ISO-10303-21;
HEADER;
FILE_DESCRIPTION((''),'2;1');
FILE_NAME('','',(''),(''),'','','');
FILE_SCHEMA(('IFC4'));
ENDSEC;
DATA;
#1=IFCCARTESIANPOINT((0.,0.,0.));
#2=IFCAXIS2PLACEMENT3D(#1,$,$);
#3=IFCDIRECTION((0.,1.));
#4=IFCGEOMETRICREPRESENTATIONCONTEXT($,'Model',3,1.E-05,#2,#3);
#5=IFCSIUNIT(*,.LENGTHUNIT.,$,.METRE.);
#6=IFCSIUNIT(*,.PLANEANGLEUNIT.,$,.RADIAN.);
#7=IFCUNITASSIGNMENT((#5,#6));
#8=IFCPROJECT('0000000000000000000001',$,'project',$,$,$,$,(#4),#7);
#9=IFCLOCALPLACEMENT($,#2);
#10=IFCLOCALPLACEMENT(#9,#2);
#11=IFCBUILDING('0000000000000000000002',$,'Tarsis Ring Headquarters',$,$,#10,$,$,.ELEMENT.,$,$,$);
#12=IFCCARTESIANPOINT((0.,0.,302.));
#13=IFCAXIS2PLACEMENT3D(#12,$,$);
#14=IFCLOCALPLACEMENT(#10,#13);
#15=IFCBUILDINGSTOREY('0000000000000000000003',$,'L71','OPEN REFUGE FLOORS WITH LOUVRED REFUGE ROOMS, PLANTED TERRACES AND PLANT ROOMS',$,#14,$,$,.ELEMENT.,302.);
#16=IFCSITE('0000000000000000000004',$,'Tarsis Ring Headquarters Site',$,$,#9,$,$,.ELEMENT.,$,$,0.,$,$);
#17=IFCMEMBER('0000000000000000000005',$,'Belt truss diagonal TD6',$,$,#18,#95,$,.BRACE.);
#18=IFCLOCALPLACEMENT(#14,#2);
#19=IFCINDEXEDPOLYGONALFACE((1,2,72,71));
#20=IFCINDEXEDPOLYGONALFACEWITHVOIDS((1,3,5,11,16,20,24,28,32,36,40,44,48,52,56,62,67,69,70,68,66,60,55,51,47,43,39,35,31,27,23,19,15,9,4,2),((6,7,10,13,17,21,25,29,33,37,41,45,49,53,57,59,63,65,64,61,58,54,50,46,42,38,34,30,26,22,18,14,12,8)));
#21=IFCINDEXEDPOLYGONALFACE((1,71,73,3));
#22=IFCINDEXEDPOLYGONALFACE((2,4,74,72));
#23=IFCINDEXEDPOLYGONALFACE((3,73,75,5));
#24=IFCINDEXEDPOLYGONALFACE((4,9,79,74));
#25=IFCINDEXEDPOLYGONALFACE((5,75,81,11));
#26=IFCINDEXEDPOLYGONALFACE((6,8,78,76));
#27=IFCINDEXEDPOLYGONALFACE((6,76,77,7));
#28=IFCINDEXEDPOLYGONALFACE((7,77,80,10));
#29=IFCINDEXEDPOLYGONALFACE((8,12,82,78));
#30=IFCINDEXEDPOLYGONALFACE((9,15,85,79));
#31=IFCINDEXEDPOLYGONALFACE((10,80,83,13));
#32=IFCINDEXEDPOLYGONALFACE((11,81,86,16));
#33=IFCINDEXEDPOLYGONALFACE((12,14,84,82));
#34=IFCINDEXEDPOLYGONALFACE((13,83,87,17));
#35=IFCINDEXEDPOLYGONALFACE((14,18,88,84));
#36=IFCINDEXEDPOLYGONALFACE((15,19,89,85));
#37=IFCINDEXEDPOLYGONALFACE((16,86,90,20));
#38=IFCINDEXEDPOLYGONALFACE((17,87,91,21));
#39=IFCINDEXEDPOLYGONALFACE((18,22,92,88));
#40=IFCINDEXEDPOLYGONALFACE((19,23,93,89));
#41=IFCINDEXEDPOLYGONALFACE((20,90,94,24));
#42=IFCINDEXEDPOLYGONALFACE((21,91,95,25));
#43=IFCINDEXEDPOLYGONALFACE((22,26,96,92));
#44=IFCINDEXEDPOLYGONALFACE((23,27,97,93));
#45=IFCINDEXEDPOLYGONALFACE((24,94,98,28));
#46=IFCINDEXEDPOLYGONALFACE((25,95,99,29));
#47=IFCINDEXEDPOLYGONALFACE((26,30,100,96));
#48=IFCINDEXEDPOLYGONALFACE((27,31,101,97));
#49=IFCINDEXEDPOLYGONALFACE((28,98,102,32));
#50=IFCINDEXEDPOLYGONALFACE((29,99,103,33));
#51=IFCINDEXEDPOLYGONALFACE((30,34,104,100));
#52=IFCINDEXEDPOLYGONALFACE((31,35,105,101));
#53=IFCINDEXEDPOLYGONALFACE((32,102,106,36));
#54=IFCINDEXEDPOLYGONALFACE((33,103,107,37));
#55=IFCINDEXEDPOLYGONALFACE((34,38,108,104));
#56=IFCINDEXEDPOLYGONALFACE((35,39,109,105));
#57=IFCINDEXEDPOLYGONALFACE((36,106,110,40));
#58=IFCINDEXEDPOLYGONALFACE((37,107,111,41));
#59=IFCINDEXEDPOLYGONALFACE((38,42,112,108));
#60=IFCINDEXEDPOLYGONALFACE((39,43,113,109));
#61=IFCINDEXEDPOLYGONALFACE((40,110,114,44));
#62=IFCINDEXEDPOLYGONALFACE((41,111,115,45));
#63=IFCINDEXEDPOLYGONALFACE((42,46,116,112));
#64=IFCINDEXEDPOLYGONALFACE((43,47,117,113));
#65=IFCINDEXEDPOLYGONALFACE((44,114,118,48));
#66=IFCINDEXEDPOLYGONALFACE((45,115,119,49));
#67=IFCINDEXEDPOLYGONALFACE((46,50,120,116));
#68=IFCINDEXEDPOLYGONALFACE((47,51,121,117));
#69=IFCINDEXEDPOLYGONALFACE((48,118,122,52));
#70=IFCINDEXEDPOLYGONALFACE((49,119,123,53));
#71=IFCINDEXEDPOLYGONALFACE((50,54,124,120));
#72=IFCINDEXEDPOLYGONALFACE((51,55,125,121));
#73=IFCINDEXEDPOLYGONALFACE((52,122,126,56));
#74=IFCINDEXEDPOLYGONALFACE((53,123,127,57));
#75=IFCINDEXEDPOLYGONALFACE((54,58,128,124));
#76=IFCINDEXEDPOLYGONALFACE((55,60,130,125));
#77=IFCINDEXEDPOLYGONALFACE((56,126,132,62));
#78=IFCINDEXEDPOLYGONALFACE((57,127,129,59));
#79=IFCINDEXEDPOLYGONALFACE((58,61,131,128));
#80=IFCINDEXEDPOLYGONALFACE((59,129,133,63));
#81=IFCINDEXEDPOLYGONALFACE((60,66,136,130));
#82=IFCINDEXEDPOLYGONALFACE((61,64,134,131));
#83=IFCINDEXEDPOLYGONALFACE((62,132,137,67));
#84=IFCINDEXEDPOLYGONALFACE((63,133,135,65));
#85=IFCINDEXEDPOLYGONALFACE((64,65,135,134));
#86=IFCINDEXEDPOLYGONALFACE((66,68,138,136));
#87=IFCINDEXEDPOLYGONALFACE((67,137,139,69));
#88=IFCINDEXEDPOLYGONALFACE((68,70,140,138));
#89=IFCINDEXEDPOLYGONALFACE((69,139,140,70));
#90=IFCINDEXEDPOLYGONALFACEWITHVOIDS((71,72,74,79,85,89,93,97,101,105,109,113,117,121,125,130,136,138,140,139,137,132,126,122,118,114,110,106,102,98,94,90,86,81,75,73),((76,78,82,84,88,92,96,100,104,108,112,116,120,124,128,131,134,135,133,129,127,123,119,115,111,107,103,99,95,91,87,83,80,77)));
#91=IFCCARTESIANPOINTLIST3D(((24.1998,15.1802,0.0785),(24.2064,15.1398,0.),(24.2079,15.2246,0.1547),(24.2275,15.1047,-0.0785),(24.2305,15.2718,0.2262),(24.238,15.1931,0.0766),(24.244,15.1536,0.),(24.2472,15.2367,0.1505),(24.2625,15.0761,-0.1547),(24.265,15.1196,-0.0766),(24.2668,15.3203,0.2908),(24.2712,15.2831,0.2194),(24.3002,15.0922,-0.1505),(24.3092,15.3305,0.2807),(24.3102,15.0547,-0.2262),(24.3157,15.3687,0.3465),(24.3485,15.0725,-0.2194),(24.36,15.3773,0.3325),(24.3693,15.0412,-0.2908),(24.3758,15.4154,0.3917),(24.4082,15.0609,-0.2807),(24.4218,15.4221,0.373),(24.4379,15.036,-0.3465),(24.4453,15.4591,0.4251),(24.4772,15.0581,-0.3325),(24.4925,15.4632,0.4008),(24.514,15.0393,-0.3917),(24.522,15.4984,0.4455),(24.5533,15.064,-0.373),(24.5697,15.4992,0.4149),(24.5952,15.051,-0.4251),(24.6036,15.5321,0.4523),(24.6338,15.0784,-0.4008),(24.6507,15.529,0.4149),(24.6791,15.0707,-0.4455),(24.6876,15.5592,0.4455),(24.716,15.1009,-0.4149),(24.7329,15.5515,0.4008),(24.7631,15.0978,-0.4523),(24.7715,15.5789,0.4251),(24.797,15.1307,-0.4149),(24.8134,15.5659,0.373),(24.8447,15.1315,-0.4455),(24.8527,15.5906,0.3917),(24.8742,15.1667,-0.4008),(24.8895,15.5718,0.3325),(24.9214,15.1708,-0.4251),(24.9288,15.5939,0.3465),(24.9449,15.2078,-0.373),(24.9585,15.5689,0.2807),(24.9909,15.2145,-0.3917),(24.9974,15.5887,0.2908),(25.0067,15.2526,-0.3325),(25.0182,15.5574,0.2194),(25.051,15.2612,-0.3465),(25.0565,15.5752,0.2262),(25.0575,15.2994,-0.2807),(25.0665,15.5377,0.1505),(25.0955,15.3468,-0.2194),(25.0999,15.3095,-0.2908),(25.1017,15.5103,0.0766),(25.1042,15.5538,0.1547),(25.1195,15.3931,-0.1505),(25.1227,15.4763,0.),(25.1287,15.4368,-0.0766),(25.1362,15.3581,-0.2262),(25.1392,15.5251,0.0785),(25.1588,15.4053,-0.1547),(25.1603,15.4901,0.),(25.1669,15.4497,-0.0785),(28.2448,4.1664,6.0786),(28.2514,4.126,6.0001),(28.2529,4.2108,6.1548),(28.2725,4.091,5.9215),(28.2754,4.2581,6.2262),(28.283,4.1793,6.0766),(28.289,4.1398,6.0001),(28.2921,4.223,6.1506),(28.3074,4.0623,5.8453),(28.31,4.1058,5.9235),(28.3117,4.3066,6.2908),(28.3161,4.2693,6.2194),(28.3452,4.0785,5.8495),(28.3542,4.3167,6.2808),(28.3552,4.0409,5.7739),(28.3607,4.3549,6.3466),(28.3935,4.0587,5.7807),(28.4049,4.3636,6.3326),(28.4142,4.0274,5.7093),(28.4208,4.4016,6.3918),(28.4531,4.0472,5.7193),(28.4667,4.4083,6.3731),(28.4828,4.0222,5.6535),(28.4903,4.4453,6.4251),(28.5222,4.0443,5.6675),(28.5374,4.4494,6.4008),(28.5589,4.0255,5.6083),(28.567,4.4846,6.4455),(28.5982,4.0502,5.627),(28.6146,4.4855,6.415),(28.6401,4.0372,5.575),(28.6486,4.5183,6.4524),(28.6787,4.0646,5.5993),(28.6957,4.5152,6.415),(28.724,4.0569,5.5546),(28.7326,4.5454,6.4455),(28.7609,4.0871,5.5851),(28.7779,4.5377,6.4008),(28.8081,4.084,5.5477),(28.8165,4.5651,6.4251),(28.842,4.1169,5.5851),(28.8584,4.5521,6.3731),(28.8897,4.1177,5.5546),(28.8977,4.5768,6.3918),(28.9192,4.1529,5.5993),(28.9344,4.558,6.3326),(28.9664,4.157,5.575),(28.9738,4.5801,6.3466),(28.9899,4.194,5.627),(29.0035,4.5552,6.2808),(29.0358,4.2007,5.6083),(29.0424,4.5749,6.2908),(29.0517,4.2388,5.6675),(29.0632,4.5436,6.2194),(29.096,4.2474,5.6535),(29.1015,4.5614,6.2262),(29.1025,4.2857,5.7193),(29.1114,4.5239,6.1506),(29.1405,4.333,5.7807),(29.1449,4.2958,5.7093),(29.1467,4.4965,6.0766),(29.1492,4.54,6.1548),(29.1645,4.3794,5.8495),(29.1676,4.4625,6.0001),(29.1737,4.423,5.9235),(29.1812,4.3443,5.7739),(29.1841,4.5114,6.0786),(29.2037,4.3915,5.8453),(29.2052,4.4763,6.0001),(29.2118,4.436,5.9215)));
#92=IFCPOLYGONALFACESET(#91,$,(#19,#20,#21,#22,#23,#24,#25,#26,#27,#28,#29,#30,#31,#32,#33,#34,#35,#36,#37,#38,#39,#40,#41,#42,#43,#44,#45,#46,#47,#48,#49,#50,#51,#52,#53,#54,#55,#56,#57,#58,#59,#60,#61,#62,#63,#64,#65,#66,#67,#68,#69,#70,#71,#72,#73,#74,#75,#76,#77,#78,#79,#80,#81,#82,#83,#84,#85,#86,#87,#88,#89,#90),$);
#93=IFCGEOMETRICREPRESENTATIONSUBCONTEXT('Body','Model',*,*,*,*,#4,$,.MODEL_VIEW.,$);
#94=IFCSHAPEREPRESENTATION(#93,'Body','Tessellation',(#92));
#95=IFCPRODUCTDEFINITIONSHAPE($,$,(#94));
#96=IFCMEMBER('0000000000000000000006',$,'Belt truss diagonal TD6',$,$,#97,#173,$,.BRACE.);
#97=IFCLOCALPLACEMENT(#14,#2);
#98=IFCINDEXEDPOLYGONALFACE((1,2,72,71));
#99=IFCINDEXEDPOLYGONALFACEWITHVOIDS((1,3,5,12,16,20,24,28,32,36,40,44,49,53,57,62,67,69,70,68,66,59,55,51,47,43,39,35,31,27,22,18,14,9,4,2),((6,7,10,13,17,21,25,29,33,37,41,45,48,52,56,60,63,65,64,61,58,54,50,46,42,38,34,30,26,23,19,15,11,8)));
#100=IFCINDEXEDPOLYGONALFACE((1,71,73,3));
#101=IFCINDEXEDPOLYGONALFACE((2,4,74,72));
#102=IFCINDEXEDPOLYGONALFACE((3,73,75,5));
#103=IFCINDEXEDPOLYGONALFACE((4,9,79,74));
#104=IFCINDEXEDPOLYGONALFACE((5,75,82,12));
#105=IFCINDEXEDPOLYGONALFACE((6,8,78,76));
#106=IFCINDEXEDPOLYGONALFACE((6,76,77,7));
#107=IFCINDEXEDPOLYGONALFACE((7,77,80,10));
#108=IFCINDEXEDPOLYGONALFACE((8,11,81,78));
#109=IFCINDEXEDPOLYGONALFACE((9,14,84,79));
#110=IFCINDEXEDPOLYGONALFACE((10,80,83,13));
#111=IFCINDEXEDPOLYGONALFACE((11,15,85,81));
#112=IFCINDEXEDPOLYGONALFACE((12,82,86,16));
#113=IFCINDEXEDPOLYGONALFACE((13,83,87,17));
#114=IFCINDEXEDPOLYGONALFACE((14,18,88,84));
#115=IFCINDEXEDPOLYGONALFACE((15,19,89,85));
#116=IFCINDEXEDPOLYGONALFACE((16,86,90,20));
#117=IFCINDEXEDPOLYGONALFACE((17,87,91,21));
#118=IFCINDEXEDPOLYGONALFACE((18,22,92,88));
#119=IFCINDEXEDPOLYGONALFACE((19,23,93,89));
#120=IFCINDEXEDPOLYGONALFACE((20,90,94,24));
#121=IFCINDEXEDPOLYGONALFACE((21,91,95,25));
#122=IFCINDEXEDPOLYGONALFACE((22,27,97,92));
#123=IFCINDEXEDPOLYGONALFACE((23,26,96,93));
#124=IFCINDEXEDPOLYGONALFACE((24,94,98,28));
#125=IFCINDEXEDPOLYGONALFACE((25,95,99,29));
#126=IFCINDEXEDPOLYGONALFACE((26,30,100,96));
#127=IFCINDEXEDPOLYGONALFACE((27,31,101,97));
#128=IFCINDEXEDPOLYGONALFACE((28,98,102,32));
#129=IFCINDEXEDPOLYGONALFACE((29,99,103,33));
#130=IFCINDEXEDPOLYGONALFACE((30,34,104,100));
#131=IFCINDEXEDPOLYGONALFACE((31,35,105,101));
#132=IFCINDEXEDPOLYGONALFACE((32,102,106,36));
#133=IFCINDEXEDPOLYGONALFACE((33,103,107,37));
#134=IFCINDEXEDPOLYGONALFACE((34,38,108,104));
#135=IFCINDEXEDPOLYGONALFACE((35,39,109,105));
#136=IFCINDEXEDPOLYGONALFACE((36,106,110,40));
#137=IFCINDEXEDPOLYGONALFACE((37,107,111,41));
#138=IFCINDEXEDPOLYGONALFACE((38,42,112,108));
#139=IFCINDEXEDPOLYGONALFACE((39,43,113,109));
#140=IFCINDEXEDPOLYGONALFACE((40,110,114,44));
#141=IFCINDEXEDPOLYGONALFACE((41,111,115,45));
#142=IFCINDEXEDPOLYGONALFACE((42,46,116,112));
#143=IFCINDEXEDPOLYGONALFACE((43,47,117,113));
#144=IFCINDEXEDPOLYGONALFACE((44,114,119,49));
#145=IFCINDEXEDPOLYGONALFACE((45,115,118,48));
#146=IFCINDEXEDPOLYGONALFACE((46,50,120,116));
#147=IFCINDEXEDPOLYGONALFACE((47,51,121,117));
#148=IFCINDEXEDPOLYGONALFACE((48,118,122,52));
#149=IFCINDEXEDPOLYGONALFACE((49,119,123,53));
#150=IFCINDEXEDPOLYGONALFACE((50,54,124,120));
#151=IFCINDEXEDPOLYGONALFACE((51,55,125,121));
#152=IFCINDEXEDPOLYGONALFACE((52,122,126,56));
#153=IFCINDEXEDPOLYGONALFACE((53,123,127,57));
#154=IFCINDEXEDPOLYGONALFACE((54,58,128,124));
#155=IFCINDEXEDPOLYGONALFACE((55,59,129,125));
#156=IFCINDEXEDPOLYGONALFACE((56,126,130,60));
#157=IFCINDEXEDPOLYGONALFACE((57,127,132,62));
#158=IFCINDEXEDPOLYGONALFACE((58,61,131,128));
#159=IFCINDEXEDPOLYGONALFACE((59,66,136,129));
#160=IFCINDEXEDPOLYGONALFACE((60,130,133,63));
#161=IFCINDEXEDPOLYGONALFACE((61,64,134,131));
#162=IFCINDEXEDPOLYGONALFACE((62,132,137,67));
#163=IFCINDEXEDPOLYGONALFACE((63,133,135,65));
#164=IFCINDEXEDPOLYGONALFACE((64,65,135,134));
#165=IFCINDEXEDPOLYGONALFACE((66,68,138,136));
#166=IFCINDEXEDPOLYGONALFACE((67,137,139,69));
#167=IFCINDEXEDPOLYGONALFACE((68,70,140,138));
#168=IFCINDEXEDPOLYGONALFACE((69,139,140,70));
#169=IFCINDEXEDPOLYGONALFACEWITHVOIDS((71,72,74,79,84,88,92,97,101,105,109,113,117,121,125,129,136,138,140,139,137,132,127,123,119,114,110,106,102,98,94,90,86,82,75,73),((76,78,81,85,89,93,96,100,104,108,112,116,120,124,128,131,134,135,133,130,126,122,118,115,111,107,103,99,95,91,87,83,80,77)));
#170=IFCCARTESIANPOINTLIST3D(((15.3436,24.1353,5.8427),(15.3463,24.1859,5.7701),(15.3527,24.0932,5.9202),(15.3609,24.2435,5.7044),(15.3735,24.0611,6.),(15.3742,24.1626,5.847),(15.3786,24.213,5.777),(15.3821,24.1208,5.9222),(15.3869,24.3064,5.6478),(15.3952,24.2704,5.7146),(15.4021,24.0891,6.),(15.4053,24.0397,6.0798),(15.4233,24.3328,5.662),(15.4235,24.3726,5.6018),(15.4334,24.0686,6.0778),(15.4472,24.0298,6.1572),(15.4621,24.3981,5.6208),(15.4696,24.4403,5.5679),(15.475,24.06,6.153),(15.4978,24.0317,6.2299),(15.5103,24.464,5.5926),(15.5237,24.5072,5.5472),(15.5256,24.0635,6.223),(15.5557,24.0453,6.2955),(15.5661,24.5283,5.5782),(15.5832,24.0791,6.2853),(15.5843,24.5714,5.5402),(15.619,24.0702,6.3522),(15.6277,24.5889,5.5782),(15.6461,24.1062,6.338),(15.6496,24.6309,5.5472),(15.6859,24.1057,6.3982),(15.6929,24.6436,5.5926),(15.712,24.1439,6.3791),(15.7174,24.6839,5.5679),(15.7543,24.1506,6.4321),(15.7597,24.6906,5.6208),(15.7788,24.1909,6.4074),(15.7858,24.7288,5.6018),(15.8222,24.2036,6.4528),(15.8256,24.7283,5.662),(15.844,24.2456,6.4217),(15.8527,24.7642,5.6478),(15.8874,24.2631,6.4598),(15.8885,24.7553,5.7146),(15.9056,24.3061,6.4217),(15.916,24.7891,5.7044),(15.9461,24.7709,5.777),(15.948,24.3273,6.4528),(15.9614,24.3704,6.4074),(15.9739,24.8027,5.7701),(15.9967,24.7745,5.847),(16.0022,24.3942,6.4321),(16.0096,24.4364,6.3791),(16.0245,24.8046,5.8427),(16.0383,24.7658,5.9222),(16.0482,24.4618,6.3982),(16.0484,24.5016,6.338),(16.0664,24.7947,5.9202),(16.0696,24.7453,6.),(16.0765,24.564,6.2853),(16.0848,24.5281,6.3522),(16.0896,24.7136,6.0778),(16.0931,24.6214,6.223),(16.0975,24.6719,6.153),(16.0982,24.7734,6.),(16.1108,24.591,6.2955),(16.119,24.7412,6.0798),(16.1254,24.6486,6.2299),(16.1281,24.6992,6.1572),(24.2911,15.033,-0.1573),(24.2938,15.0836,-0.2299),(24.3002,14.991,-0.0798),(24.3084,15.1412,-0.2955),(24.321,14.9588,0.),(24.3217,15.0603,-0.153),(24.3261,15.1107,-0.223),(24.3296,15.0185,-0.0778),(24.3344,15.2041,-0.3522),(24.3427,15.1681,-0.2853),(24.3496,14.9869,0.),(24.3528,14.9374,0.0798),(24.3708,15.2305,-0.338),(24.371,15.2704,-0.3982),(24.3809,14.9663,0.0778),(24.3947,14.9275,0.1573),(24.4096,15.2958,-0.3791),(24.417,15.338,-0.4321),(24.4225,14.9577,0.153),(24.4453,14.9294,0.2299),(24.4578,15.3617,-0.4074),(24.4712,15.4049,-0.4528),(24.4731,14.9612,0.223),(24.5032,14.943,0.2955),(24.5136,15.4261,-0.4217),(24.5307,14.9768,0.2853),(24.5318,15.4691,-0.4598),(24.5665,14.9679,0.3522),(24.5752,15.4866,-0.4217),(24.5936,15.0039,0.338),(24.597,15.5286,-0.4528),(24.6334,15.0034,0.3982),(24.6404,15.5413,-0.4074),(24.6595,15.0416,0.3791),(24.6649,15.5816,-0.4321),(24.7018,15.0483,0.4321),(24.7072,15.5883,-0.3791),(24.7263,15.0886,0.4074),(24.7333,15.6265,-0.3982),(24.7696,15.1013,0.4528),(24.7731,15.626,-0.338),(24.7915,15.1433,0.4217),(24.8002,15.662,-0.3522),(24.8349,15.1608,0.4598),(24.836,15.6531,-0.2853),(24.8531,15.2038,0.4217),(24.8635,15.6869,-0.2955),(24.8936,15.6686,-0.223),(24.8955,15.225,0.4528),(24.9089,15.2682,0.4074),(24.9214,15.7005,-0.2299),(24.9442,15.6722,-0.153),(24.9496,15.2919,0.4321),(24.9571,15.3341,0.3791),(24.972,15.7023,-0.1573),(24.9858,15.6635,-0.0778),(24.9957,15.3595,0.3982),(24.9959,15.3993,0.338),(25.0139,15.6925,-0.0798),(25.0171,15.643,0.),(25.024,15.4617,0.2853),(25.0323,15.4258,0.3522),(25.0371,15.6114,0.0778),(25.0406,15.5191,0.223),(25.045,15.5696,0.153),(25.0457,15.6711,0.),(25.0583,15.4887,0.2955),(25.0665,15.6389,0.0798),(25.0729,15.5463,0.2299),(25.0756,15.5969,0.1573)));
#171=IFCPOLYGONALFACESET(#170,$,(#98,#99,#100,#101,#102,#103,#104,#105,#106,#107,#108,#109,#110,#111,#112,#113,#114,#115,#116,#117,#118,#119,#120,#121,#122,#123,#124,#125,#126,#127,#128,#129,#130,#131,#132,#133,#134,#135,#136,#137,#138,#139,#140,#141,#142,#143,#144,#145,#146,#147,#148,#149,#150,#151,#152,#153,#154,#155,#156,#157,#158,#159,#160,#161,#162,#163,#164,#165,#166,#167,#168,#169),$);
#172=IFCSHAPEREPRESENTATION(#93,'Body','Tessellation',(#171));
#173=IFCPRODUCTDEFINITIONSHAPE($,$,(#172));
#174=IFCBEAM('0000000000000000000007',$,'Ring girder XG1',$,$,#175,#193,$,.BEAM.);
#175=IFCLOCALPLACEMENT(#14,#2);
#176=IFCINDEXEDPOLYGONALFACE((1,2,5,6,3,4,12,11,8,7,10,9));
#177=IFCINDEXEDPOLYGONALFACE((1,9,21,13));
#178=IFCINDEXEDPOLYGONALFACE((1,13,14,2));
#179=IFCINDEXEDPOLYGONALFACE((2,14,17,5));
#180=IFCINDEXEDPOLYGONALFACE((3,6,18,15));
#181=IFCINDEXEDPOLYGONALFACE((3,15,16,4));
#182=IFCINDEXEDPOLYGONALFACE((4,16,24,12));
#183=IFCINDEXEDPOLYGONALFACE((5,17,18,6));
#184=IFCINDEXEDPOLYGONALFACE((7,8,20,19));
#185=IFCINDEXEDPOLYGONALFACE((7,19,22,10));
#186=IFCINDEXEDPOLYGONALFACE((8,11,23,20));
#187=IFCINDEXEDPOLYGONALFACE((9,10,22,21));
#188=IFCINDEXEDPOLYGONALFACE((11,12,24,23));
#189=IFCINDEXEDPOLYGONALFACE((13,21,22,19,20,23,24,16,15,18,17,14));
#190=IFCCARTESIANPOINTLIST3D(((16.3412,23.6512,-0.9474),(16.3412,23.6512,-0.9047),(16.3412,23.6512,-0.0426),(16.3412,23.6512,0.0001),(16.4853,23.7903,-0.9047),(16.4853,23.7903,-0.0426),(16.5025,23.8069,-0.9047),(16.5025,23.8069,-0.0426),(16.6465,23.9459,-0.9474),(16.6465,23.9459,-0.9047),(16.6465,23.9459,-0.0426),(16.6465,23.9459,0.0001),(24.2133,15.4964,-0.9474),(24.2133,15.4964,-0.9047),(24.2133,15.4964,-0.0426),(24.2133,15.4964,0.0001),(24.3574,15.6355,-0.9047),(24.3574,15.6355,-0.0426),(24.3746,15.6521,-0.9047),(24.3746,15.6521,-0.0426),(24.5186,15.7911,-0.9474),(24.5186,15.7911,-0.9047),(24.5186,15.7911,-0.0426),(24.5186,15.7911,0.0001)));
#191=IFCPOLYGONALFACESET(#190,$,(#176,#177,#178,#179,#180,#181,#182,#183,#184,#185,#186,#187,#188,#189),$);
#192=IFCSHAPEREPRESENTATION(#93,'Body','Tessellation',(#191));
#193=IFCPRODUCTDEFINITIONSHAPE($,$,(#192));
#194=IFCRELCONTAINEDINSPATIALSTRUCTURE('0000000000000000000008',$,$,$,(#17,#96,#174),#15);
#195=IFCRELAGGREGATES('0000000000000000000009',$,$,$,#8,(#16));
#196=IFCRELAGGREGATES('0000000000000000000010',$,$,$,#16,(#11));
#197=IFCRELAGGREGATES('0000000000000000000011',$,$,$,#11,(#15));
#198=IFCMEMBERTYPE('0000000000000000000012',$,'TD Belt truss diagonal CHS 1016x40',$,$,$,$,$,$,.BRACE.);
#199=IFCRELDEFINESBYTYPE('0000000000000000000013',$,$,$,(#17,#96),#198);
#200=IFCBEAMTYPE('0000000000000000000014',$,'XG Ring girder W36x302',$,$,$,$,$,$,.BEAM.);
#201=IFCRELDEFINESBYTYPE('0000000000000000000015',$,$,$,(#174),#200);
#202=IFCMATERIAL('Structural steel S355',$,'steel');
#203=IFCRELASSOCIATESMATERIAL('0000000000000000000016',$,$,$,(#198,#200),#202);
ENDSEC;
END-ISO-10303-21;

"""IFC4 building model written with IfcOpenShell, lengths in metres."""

from ifc_helpers import new_model, si_unit, direction, frame, origin, origin_2d, place, context, subcontext, project, spatial, hollow_circle, i_section, extrude, material, material_profile, profile_set, type_object, element, save


model = new_model("IFC4")

# Units and contexts
model_context = context("Model", 3, precision=1e-05, world=origin(), true_north=direction((0.0, 1.0)))
body_context = subcontext(model_context, "Body", "Model", "MODEL_VIEW")
ifc_project = project(units=[si_unit("LENGTHUNIT", "METRE"), si_unit("PLANEANGLEUNIT", "RADIAN")], contexts=[model_context])

# Site, building, storey
site_placement = place(None, origin())
site = spatial("IfcSite", under=ifc_project, at=site_placement, Name="Tarsis Ring Headquarters Site", CompositionType="ELEMENT", RefElevation=0.0)
building_placement = place(site_placement, origin())
building = spatial("IfcBuilding", under=site, at=building_placement, Name="Tarsis Ring Headquarters", CompositionType="ELEMENT")
storey_placement = place(building_placement, frame((0.0, 0.0, 302.0)))
storey = spatial("IfcBuildingStorey", under=building, at=storey_placement, Name="L71", Description="OPEN REFUGE FLOORS WITH LOUVRED REFUGE ROOMS, PLANTED TERRACES AND PLANT ROOMS", CompositionType="ELEMENT", Elevation=302.0)

# Shared definitions
ifc_material_1 = material(Name="Structural steel S355", Category="steel")
ifc_material_profile_1 = material_profile(ifc_material_1, hollow_circle(Radius=0.5081, WallThickness=0.04, at=origin_2d()), Name="CHS 1016x40")
ifc_profile_set_1 = profile_set([ifc_material_profile_1], Name="Structural steel S355")

# Members
member_type_1 = type_object("IfcMemberType", Name="TD Belt truss diagonal CHS 1016x40", PredefinedType="BRACE", material=ifc_profile_set_1)
member_1_placement = place(storey_placement, frame((24.6833, 15.3149, 0.0), z_axis=(0.306943, -0.835756, 0.455301), x_axis=(0.938695, 0.344749, 0.0)))
element("IfcMember", 1, at=member_1_placement, inside=storey, type_object=member_type_1, Name="Belt truss diagonal TD6", PredefinedType="BRACE", context=body_context, shape_type="SweptSolid", body=[
    extrude(hollow_circle(Radius=0.5081, WallThickness=0.04, at=origin_2d()), origin(), (0.0, 0.0, 1.0), 13.1782),
])
member_2_placement = place(storey_placement, frame((24.6833, 15.3149, 0.0), z_axis=(-0.634416, 0.645391, 0.425425), x_axis=(-0.713144, -0.701017, 0.0)))
element("IfcMember", 2, at=member_2_placement, inside=storey, type_object=member_type_1, Name="Belt truss diagonal TD6", PredefinedType="BRACE", context=body_context, shape_type="SweptSolid", body=[
    extrude(hollow_circle(Radius=0.5081, WallThickness=0.04, at=origin_2d()), origin(), (0.0, 0.0, 1.0), 14.1035),
])

# Beam
ifc_material_profile_2 = material_profile(ifc_material_1, i_section(OverallWidth=0.4243, OverallDepth=0.9475, WebThickness=0.0239, FlangeThickness=0.0427, at=origin_2d()), Name="W36x302")
ifc_profile_set_2 = profile_set([ifc_material_profile_2], Name="Structural steel S355")
beam_type_1 = type_object("IfcBeamType", Name="XG Ring girder W36x302", PredefinedType="BEAM", material=ifc_profile_set_2)
for number, where, z_axis, x_axis, name in (
    (3, (24.366, 15.6438, -0.4736), (-0.694525, 0.719468, 0.0), (-0.719468, -0.694525, 0.0), "Ring girder XG1"),
):
    element("IfcBeam", number, at=place(storey_placement, frame(where, z_axis=z_axis, x_axis=x_axis)), inside=storey, type_object=beam_type_1, Name=name, PredefinedType="BEAM", context=body_context, shape_type="SweptSolid", body=[
        extrude(i_section(OverallWidth=0.4243, OverallDepth=0.9475, WebThickness=0.0239, FlangeThickness=0.0427, at=origin_2d()), origin(), (0.0, 0.0, 1.0), 11.3345),
    ])

save(model, "model.ifc")
